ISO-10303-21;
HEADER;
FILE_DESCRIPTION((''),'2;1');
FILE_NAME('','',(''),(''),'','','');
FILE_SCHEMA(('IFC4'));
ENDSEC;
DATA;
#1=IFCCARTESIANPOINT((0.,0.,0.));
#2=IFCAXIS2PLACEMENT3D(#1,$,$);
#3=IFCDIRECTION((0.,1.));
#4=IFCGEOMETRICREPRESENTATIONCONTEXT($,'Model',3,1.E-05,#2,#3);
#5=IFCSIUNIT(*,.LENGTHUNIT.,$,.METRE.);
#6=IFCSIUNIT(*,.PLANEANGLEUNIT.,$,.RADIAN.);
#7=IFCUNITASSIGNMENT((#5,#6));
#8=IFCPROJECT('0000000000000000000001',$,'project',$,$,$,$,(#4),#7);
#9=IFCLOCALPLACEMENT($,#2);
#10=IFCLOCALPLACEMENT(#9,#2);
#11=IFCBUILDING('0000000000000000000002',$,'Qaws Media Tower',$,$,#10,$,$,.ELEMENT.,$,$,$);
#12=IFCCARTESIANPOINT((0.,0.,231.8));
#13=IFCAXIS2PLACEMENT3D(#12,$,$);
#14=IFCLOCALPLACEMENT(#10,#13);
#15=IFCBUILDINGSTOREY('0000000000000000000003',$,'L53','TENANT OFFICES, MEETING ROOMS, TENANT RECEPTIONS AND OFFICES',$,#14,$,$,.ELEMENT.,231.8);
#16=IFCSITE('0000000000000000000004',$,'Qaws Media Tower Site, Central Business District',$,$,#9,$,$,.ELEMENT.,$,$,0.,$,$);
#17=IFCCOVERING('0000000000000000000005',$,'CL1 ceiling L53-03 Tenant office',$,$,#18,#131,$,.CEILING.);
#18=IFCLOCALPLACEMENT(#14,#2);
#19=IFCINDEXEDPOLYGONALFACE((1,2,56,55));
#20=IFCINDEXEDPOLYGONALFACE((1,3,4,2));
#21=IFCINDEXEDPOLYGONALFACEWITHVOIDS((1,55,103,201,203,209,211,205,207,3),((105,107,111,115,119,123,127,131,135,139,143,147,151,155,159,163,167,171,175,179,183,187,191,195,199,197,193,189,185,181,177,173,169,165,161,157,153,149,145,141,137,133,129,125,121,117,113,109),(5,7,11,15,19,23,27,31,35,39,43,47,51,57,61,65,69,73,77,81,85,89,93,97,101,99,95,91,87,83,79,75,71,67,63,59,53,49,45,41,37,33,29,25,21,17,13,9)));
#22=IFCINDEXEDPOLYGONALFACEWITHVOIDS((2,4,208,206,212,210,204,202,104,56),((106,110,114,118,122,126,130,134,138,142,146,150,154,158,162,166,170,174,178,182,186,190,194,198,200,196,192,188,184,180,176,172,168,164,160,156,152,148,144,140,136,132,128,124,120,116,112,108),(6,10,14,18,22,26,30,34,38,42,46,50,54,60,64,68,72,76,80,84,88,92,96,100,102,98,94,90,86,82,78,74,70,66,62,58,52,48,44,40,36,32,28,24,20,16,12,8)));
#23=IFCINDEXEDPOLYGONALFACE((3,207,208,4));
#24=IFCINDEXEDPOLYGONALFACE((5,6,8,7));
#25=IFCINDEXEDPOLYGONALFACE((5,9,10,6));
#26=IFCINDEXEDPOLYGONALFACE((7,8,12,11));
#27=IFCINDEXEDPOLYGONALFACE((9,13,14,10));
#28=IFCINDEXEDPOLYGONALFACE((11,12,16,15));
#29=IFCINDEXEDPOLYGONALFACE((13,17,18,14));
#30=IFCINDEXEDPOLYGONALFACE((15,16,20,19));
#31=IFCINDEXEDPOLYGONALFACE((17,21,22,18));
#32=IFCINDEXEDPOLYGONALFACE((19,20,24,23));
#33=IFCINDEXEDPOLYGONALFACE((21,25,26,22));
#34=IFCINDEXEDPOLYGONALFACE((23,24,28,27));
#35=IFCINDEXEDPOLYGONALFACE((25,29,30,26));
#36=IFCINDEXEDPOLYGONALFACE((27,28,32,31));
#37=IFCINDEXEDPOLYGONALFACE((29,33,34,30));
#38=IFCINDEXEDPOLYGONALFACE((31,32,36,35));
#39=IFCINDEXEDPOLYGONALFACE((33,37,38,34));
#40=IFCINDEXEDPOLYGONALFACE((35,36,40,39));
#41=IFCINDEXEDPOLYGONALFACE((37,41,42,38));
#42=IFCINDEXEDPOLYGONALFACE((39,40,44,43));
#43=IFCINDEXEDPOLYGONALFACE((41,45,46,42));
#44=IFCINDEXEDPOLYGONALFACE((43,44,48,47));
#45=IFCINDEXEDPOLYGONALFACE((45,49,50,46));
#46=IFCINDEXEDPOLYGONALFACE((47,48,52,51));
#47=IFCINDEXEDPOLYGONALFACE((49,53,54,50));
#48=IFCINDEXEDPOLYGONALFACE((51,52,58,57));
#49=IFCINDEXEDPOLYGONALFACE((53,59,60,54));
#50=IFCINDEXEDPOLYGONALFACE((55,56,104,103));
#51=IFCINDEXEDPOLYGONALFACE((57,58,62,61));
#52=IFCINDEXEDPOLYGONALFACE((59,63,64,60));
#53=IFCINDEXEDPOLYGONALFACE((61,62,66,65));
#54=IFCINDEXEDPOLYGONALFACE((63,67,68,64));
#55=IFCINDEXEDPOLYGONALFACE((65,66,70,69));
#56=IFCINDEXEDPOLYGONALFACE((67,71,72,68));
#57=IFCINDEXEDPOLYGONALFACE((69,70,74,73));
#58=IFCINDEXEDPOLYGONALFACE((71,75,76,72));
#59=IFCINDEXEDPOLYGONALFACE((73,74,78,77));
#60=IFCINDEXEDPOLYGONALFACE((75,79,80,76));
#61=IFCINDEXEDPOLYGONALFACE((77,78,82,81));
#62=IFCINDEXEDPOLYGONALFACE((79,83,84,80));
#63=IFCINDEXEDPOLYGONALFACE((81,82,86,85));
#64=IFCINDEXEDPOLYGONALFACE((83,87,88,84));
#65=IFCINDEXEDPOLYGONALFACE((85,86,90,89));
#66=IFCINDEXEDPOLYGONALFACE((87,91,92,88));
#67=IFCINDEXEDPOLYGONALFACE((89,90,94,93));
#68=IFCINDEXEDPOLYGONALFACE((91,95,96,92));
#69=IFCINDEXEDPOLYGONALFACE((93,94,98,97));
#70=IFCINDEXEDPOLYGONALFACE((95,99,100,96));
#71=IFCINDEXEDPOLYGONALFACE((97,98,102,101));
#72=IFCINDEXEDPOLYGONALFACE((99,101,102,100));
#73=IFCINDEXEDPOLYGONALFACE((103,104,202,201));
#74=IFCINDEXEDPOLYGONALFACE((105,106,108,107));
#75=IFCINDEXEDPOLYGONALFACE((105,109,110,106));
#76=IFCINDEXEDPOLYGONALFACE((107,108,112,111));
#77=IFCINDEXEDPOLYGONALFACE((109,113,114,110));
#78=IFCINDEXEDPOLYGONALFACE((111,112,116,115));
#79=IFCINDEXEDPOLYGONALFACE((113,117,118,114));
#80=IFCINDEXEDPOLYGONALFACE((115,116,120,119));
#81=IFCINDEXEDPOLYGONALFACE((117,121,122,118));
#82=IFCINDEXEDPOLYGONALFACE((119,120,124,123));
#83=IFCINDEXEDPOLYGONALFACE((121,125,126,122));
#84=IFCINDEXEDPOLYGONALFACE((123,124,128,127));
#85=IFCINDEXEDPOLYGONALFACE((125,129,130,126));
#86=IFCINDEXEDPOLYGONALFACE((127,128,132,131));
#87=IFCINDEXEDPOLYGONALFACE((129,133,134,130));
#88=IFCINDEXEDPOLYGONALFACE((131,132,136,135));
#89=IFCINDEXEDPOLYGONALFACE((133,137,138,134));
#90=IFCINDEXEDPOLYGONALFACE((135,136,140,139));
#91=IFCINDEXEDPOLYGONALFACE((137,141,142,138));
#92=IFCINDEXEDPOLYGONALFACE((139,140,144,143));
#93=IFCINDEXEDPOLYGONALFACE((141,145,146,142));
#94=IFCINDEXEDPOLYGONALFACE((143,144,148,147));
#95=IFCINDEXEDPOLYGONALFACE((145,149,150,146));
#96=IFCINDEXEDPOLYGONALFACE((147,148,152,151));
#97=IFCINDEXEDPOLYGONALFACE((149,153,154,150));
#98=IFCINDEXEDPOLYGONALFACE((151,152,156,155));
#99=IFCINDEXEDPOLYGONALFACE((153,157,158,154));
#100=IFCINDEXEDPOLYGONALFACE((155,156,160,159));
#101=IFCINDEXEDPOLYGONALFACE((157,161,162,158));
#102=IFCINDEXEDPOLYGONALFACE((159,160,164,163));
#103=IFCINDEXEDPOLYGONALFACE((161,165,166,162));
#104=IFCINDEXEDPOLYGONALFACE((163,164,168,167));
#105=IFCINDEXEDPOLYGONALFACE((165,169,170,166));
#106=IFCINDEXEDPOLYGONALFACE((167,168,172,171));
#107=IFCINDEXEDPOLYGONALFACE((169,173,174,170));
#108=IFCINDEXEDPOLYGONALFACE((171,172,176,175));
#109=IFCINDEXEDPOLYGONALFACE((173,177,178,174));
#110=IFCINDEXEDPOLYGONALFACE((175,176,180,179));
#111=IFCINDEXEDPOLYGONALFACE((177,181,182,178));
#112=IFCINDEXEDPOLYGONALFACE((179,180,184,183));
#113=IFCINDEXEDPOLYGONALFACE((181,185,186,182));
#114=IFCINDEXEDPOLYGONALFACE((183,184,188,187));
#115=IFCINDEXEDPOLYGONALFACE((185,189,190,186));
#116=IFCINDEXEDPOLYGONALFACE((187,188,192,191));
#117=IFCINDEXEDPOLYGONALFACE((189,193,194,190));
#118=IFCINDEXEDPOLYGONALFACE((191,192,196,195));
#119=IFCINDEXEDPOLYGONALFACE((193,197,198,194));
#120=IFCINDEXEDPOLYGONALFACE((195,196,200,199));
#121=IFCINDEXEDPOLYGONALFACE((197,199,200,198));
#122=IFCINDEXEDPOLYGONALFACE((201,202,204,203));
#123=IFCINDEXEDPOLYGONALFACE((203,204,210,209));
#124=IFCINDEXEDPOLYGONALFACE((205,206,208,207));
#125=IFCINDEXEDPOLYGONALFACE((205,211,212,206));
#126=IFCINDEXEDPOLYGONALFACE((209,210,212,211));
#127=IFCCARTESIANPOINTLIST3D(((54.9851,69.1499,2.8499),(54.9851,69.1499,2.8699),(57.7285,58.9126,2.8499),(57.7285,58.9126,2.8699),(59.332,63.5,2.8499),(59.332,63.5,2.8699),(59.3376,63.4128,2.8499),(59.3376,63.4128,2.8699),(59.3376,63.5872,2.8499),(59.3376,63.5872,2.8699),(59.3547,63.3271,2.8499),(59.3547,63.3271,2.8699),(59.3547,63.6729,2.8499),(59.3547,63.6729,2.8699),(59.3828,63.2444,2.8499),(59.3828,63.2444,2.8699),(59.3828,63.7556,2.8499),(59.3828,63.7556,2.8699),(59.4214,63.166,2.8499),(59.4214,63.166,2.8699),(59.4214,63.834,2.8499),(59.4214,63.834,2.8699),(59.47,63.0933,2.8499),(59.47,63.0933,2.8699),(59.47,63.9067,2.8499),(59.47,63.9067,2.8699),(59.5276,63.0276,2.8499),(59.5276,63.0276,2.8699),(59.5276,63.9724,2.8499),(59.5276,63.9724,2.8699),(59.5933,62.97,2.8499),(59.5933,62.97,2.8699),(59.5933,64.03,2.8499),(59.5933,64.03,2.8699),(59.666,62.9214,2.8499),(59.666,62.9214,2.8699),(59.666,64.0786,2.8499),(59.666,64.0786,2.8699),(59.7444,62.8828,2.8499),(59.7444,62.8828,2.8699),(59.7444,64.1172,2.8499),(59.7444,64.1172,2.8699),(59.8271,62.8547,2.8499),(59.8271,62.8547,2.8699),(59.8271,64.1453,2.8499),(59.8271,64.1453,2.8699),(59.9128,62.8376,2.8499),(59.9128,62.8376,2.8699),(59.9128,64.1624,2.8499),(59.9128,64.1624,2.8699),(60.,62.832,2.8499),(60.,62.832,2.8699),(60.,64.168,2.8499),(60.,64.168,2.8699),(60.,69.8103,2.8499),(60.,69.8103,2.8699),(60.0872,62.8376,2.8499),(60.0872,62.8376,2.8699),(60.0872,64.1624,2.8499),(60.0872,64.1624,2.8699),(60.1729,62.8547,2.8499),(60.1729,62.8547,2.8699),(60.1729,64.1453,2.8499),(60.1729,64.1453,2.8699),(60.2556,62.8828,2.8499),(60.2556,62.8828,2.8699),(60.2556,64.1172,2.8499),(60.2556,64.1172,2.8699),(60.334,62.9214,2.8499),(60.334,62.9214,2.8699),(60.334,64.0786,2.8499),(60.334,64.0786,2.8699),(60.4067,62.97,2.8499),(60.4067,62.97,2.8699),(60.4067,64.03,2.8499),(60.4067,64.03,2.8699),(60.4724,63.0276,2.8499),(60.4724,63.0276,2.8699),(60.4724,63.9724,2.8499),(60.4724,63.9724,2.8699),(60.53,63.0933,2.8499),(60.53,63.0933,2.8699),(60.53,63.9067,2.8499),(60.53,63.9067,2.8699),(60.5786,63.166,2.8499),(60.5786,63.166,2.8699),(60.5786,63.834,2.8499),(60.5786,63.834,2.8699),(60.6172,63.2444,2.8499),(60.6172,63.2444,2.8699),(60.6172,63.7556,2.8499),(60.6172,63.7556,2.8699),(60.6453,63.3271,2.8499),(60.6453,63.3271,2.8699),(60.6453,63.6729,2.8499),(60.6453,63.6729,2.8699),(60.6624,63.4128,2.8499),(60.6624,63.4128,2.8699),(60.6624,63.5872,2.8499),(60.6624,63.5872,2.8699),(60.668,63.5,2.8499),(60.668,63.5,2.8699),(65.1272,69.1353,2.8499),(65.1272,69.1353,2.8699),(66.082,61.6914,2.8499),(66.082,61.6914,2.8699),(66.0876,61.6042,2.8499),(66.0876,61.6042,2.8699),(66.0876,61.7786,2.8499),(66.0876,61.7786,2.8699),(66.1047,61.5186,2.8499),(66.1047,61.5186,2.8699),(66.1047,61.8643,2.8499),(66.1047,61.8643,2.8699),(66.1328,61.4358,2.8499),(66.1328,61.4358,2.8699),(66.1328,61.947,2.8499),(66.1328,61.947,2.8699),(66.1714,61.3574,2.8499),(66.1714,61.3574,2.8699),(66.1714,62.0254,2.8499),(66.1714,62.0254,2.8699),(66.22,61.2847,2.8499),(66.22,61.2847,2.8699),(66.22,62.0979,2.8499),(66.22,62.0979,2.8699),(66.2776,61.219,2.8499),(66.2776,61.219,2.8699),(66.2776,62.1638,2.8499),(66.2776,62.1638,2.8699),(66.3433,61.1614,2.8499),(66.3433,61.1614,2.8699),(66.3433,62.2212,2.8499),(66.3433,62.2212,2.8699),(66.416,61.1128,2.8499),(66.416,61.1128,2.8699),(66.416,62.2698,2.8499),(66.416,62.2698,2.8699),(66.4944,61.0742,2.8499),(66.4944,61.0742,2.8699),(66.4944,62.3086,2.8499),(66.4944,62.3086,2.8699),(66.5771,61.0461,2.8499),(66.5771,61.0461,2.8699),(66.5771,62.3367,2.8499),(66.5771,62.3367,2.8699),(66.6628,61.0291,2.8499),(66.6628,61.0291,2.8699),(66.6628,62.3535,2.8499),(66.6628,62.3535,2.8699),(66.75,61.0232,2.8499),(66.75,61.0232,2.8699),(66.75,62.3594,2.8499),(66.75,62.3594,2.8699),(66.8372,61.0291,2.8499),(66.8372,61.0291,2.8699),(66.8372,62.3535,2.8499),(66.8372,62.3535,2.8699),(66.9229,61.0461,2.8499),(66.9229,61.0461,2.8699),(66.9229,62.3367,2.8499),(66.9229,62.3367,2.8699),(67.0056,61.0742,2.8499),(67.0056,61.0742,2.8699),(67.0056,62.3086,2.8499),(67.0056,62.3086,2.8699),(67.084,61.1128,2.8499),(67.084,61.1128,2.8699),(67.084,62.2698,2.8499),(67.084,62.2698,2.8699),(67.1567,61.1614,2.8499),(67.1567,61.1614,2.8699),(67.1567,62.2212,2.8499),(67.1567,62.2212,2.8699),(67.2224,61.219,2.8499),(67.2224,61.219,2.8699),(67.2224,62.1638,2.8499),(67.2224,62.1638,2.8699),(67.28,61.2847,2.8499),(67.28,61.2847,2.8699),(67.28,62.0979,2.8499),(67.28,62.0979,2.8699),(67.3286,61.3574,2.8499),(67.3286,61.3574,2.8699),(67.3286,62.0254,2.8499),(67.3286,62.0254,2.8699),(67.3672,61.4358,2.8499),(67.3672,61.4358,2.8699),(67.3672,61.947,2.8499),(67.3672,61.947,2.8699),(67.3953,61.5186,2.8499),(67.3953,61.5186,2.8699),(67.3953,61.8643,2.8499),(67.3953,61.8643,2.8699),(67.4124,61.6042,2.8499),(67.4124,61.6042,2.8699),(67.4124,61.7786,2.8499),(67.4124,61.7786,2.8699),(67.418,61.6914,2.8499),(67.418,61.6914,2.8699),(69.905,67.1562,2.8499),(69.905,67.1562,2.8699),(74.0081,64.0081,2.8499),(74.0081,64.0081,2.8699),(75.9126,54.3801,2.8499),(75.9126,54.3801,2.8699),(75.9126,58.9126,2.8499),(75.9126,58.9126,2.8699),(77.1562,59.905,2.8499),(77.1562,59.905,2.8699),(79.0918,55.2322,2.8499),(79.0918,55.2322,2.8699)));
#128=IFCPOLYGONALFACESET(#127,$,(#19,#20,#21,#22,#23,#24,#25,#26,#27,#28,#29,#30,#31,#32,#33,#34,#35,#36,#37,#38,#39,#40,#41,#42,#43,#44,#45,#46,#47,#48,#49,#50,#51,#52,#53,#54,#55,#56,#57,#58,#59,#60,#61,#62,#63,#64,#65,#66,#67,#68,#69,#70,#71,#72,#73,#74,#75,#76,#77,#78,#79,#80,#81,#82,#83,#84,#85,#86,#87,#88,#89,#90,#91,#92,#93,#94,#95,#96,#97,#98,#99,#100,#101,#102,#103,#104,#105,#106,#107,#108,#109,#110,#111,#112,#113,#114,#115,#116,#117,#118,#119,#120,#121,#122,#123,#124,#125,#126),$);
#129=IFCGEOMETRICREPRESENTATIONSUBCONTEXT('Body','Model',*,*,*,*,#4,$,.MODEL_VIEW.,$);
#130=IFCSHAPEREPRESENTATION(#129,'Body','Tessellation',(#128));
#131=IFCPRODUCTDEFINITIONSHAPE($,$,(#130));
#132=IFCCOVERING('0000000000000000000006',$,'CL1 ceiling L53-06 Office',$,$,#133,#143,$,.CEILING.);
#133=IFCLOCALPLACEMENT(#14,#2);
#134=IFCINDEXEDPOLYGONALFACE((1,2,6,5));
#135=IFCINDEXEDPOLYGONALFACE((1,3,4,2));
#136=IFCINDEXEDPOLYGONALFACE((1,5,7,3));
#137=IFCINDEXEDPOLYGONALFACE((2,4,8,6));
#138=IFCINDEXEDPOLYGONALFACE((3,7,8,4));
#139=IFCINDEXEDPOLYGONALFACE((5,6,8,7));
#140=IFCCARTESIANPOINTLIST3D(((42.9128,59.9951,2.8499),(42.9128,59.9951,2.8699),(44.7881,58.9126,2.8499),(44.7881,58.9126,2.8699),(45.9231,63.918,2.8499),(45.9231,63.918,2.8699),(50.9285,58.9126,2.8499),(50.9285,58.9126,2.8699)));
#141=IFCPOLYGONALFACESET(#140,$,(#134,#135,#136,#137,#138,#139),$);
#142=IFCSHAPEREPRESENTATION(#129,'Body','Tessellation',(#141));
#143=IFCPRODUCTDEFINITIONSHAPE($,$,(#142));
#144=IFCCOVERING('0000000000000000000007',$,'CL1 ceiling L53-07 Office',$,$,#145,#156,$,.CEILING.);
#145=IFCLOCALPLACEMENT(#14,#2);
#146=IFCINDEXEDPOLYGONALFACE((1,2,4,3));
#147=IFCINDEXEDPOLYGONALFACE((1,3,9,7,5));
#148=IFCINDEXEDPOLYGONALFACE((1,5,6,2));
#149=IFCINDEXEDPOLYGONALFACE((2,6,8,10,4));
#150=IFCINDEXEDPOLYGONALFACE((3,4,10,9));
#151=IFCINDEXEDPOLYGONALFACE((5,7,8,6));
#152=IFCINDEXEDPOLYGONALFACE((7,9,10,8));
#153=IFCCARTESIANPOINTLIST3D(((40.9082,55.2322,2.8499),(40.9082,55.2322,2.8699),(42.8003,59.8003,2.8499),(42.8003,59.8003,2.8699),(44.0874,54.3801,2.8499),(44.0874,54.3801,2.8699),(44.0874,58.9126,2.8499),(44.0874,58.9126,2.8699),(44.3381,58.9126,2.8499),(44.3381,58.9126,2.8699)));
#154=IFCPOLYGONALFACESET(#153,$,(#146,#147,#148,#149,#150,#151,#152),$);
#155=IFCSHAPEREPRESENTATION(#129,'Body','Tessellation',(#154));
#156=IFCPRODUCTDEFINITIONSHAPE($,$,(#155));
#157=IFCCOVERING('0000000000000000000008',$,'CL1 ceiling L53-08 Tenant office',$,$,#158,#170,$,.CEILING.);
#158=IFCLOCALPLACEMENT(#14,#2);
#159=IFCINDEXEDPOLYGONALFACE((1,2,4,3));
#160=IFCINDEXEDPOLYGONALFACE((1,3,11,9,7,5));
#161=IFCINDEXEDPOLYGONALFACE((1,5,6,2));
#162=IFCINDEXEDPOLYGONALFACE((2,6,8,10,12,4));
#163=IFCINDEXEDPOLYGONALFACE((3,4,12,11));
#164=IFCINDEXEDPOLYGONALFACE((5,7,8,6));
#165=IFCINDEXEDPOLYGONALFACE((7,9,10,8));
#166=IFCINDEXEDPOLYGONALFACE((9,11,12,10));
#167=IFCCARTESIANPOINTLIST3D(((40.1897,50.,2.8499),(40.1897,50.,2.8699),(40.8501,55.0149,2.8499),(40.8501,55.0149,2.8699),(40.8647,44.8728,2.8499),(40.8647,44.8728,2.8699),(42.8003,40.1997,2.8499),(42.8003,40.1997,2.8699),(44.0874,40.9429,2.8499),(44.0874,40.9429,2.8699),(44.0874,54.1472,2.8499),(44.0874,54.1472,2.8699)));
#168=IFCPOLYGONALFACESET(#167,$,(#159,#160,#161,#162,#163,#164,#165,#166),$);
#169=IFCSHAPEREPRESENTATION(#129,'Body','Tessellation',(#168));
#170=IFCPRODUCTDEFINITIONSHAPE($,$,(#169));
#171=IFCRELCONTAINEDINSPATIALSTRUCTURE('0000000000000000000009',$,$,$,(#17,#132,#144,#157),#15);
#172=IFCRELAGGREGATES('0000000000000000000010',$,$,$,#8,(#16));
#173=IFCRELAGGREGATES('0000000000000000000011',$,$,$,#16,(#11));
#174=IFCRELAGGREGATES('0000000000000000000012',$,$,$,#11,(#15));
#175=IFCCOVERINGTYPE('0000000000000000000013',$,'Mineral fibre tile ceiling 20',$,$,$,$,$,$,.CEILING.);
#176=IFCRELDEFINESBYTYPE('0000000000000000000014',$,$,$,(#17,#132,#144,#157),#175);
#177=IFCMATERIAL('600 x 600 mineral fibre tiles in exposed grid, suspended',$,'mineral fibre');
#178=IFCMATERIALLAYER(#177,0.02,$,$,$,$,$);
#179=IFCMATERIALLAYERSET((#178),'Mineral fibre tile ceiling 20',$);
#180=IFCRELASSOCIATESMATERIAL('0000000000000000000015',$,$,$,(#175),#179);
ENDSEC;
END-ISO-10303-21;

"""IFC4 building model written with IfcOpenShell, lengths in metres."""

from ifc_helpers import new_model, si_unit, direction, frame, origin, place, context, subcontext, project, spatial, polyline, outline, extrude, material, layer, layer_set, type_object, element, save


model = new_model("IFC4")

# Units and contexts
model_context = context("Model", 3, precision=1e-05, world=origin(), true_north=direction((0.0, 1.0)))
body_context = subcontext(model_context, "Body", "Model", "MODEL_VIEW")
ifc_project = project(units=[si_unit("LENGTHUNIT", "METRE"), si_unit("PLANEANGLEUNIT", "RADIAN")], contexts=[model_context])

# Site, building, storey
site_placement = place(None, origin())
site = spatial("IfcSite", under=ifc_project, at=site_placement, Name="Qaws Media Tower Site, Central Business District", CompositionType="ELEMENT", RefElevation=0.0)
building_placement = place(site_placement, origin())
building = spatial("IfcBuilding", under=site, at=building_placement, Name="Qaws Media Tower", CompositionType="ELEMENT")
storey_placement = place(building_placement, frame((0.0, 0.0, 231.8)))
storey = spatial("IfcBuildingStorey", under=building, at=storey_placement, Name="L53", Description="TENANT OFFICES, MEETING ROOMS, TENANT RECEPTIONS AND OFFICES", CompositionType="ELEMENT", Elevation=231.8)

# Coverings
ifc_material_1 = material(Name="600 x 600 mineral fibre tiles in exposed grid, suspended", Category="mineral fibre")
ifc_layer_1 = layer(ifc_material_1, 0.02)
ifc_layer_set_1 = layer_set([ifc_layer_1], Name="Mineral fibre tile ceiling 20")
covering_type_1 = type_object("IfcCoveringType", Name="Mineral fibre tile ceiling 20", PredefinedType="CEILING", material=ifc_layer_set_1)
covering_1_placement = place(storey_placement, frame((0.0, 0.0, 2.8499)))
element("IfcCovering", 1, at=covering_1_placement, inside=storey, type_object=covering_type_1, Name="CL1 ceiling L53-03 Tenant office", PredefinedType="CEILING", context=body_context, shape_type="SweptSolid", body=[
    extrude(outline(polyline([(60.0, 69.8103), (65.1272, 69.1353), (69.905, 67.1562), (74.0081, 64.0081), (77.1562, 59.905), (79.0918, 55.2322), (75.9126, 54.3801), (75.9126, 58.9126), (57.7285, 58.9126), (54.9851, 69.1499), (60.0, 69.8103)]), holes=[polyline([(60.6172, 63.2444), (60.6453, 63.3271), (60.6624, 63.4128), (60.668, 63.5), (60.6624, 63.5872), (60.6453, 63.6729), (60.6172, 63.7556), (60.5786, 63.834), (60.53, 63.9067), (60.4724, 63.9724), (60.4067, 64.03), (60.334, 64.0786), (60.2556, 64.1172), (60.1729, 64.1453), (60.0872, 64.1624), (60.0, 64.168), (59.9128, 64.1624), (59.8271, 64.1453), (59.7444, 64.1172), (59.666, 64.0786), (59.5933, 64.03), (59.5276, 63.9724), (59.47, 63.9067), (59.4214, 63.834), (59.3828, 63.7556), (59.3547, 63.6729), (59.3376, 63.5872), (59.332, 63.5), (59.3376, 63.4128), (59.3547, 63.3271), (59.3828, 63.2444), (59.4214, 63.166), (59.47, 63.0933), (59.5276, 63.0276), (59.5933, 62.97), (59.666, 62.9214), (59.7444, 62.8828), (59.8271, 62.8547), (59.9128, 62.8376), (60.0, 62.832), (60.0872, 62.8376), (60.1729, 62.8547), (60.2556, 62.8828), (60.334, 62.9214), (60.4067, 62.97), (60.4724, 63.0276), (60.53, 63.0933), (60.5786, 63.166), (60.6172, 63.2444)]), polyline([(67.3672, 61.4358), (67.3953, 61.5186), (67.4124, 61.6042), (67.418, 61.6914), (67.4124, 61.7786), (67.3953, 61.8643), (67.3672, 61.947), (67.3286, 62.0254), (67.28, 62.0979), (67.2224, 62.1638), (67.1567, 62.2212), (67.084, 62.2698), (67.0056, 62.3086), (66.9229, 62.3367), (66.8372, 62.3535), (66.75, 62.3594), (66.6628, 62.3535), (66.5771, 62.3367), (66.4944, 62.3086), (66.416, 62.2698), (66.3433, 62.2212), (66.2776, 62.1638), (66.22, 62.0979), (66.1714, 62.0254), (66.1328, 61.947), (66.1047, 61.8643), (66.0876, 61.7786), (66.082, 61.6914), (66.0876, 61.6042), (66.1047, 61.5186), (66.1328, 61.4358), (66.1714, 61.3574), (66.22, 61.2847), (66.2776, 61.219), (66.3433, 61.1614), (66.416, 61.1128), (66.4944, 61.0742), (66.5771, 61.0461), (66.6628, 61.0291), (66.75, 61.0232), (66.8372, 61.0291), (66.9229, 61.0461), (67.0056, 61.0742), (67.084, 61.1128), (67.1567, 61.1614), (67.2224, 61.219), (67.28, 61.2847), (67.3286, 61.3574), (67.3672, 61.4358)])]), origin(), (0.0, 0.0, 1.0), 0.02),
])
covering_2_placement = place(storey_placement, frame((0.0, 0.0, 2.8499)))
element("IfcCovering", 2, at=covering_2_placement, inside=storey, type_object=covering_type_1, Name="CL1 ceiling L53-06 Office", PredefinedType="CEILING", context=body_context, shape_type="SweptSolid", body=[
    extrude(outline(polyline([(45.9231, 63.918), (50.9285, 58.9126), (44.7881, 58.9126), (42.9128, 59.9951), (45.9231, 63.918)])), origin(), (0.0, 0.0, 1.0), 0.02),
])
covering_3_placement = place(storey_placement, frame((0.0, 0.0, 2.8499)))
element("IfcCovering", 3, at=covering_3_placement, inside=storey, type_object=covering_type_1, Name="CL1 ceiling L53-07 Office", PredefinedType="CEILING", context=body_context, shape_type="SweptSolid", body=[
    extrude(outline(polyline([(42.8003, 59.8003), (44.3381, 58.9126), (44.0874, 58.9126), (44.0874, 54.3801), (40.9082, 55.2322), (42.8003, 59.8003)])), origin(), (0.0, 0.0, 1.0), 0.02),
])
covering_4_placement = place(storey_placement, frame((0.0, 0.0, 2.8499)))
element("IfcCovering", 4, at=covering_4_placement, inside=storey, type_object=covering_type_1, Name="CL1 ceiling L53-08 Tenant office", PredefinedType="CEILING", context=body_context, shape_type="SweptSolid", body=[
    extrude(outline(polyline([(40.8647, 44.8728), (40.1897, 50.0), (40.8501, 55.0149), (44.0874, 54.1472), (44.0874, 40.9429), (42.8003, 40.1997), (40.8647, 44.8728)])), origin(), (0.0, 0.0, 1.0), 0.02),
])

save(model, "model.ifc")
